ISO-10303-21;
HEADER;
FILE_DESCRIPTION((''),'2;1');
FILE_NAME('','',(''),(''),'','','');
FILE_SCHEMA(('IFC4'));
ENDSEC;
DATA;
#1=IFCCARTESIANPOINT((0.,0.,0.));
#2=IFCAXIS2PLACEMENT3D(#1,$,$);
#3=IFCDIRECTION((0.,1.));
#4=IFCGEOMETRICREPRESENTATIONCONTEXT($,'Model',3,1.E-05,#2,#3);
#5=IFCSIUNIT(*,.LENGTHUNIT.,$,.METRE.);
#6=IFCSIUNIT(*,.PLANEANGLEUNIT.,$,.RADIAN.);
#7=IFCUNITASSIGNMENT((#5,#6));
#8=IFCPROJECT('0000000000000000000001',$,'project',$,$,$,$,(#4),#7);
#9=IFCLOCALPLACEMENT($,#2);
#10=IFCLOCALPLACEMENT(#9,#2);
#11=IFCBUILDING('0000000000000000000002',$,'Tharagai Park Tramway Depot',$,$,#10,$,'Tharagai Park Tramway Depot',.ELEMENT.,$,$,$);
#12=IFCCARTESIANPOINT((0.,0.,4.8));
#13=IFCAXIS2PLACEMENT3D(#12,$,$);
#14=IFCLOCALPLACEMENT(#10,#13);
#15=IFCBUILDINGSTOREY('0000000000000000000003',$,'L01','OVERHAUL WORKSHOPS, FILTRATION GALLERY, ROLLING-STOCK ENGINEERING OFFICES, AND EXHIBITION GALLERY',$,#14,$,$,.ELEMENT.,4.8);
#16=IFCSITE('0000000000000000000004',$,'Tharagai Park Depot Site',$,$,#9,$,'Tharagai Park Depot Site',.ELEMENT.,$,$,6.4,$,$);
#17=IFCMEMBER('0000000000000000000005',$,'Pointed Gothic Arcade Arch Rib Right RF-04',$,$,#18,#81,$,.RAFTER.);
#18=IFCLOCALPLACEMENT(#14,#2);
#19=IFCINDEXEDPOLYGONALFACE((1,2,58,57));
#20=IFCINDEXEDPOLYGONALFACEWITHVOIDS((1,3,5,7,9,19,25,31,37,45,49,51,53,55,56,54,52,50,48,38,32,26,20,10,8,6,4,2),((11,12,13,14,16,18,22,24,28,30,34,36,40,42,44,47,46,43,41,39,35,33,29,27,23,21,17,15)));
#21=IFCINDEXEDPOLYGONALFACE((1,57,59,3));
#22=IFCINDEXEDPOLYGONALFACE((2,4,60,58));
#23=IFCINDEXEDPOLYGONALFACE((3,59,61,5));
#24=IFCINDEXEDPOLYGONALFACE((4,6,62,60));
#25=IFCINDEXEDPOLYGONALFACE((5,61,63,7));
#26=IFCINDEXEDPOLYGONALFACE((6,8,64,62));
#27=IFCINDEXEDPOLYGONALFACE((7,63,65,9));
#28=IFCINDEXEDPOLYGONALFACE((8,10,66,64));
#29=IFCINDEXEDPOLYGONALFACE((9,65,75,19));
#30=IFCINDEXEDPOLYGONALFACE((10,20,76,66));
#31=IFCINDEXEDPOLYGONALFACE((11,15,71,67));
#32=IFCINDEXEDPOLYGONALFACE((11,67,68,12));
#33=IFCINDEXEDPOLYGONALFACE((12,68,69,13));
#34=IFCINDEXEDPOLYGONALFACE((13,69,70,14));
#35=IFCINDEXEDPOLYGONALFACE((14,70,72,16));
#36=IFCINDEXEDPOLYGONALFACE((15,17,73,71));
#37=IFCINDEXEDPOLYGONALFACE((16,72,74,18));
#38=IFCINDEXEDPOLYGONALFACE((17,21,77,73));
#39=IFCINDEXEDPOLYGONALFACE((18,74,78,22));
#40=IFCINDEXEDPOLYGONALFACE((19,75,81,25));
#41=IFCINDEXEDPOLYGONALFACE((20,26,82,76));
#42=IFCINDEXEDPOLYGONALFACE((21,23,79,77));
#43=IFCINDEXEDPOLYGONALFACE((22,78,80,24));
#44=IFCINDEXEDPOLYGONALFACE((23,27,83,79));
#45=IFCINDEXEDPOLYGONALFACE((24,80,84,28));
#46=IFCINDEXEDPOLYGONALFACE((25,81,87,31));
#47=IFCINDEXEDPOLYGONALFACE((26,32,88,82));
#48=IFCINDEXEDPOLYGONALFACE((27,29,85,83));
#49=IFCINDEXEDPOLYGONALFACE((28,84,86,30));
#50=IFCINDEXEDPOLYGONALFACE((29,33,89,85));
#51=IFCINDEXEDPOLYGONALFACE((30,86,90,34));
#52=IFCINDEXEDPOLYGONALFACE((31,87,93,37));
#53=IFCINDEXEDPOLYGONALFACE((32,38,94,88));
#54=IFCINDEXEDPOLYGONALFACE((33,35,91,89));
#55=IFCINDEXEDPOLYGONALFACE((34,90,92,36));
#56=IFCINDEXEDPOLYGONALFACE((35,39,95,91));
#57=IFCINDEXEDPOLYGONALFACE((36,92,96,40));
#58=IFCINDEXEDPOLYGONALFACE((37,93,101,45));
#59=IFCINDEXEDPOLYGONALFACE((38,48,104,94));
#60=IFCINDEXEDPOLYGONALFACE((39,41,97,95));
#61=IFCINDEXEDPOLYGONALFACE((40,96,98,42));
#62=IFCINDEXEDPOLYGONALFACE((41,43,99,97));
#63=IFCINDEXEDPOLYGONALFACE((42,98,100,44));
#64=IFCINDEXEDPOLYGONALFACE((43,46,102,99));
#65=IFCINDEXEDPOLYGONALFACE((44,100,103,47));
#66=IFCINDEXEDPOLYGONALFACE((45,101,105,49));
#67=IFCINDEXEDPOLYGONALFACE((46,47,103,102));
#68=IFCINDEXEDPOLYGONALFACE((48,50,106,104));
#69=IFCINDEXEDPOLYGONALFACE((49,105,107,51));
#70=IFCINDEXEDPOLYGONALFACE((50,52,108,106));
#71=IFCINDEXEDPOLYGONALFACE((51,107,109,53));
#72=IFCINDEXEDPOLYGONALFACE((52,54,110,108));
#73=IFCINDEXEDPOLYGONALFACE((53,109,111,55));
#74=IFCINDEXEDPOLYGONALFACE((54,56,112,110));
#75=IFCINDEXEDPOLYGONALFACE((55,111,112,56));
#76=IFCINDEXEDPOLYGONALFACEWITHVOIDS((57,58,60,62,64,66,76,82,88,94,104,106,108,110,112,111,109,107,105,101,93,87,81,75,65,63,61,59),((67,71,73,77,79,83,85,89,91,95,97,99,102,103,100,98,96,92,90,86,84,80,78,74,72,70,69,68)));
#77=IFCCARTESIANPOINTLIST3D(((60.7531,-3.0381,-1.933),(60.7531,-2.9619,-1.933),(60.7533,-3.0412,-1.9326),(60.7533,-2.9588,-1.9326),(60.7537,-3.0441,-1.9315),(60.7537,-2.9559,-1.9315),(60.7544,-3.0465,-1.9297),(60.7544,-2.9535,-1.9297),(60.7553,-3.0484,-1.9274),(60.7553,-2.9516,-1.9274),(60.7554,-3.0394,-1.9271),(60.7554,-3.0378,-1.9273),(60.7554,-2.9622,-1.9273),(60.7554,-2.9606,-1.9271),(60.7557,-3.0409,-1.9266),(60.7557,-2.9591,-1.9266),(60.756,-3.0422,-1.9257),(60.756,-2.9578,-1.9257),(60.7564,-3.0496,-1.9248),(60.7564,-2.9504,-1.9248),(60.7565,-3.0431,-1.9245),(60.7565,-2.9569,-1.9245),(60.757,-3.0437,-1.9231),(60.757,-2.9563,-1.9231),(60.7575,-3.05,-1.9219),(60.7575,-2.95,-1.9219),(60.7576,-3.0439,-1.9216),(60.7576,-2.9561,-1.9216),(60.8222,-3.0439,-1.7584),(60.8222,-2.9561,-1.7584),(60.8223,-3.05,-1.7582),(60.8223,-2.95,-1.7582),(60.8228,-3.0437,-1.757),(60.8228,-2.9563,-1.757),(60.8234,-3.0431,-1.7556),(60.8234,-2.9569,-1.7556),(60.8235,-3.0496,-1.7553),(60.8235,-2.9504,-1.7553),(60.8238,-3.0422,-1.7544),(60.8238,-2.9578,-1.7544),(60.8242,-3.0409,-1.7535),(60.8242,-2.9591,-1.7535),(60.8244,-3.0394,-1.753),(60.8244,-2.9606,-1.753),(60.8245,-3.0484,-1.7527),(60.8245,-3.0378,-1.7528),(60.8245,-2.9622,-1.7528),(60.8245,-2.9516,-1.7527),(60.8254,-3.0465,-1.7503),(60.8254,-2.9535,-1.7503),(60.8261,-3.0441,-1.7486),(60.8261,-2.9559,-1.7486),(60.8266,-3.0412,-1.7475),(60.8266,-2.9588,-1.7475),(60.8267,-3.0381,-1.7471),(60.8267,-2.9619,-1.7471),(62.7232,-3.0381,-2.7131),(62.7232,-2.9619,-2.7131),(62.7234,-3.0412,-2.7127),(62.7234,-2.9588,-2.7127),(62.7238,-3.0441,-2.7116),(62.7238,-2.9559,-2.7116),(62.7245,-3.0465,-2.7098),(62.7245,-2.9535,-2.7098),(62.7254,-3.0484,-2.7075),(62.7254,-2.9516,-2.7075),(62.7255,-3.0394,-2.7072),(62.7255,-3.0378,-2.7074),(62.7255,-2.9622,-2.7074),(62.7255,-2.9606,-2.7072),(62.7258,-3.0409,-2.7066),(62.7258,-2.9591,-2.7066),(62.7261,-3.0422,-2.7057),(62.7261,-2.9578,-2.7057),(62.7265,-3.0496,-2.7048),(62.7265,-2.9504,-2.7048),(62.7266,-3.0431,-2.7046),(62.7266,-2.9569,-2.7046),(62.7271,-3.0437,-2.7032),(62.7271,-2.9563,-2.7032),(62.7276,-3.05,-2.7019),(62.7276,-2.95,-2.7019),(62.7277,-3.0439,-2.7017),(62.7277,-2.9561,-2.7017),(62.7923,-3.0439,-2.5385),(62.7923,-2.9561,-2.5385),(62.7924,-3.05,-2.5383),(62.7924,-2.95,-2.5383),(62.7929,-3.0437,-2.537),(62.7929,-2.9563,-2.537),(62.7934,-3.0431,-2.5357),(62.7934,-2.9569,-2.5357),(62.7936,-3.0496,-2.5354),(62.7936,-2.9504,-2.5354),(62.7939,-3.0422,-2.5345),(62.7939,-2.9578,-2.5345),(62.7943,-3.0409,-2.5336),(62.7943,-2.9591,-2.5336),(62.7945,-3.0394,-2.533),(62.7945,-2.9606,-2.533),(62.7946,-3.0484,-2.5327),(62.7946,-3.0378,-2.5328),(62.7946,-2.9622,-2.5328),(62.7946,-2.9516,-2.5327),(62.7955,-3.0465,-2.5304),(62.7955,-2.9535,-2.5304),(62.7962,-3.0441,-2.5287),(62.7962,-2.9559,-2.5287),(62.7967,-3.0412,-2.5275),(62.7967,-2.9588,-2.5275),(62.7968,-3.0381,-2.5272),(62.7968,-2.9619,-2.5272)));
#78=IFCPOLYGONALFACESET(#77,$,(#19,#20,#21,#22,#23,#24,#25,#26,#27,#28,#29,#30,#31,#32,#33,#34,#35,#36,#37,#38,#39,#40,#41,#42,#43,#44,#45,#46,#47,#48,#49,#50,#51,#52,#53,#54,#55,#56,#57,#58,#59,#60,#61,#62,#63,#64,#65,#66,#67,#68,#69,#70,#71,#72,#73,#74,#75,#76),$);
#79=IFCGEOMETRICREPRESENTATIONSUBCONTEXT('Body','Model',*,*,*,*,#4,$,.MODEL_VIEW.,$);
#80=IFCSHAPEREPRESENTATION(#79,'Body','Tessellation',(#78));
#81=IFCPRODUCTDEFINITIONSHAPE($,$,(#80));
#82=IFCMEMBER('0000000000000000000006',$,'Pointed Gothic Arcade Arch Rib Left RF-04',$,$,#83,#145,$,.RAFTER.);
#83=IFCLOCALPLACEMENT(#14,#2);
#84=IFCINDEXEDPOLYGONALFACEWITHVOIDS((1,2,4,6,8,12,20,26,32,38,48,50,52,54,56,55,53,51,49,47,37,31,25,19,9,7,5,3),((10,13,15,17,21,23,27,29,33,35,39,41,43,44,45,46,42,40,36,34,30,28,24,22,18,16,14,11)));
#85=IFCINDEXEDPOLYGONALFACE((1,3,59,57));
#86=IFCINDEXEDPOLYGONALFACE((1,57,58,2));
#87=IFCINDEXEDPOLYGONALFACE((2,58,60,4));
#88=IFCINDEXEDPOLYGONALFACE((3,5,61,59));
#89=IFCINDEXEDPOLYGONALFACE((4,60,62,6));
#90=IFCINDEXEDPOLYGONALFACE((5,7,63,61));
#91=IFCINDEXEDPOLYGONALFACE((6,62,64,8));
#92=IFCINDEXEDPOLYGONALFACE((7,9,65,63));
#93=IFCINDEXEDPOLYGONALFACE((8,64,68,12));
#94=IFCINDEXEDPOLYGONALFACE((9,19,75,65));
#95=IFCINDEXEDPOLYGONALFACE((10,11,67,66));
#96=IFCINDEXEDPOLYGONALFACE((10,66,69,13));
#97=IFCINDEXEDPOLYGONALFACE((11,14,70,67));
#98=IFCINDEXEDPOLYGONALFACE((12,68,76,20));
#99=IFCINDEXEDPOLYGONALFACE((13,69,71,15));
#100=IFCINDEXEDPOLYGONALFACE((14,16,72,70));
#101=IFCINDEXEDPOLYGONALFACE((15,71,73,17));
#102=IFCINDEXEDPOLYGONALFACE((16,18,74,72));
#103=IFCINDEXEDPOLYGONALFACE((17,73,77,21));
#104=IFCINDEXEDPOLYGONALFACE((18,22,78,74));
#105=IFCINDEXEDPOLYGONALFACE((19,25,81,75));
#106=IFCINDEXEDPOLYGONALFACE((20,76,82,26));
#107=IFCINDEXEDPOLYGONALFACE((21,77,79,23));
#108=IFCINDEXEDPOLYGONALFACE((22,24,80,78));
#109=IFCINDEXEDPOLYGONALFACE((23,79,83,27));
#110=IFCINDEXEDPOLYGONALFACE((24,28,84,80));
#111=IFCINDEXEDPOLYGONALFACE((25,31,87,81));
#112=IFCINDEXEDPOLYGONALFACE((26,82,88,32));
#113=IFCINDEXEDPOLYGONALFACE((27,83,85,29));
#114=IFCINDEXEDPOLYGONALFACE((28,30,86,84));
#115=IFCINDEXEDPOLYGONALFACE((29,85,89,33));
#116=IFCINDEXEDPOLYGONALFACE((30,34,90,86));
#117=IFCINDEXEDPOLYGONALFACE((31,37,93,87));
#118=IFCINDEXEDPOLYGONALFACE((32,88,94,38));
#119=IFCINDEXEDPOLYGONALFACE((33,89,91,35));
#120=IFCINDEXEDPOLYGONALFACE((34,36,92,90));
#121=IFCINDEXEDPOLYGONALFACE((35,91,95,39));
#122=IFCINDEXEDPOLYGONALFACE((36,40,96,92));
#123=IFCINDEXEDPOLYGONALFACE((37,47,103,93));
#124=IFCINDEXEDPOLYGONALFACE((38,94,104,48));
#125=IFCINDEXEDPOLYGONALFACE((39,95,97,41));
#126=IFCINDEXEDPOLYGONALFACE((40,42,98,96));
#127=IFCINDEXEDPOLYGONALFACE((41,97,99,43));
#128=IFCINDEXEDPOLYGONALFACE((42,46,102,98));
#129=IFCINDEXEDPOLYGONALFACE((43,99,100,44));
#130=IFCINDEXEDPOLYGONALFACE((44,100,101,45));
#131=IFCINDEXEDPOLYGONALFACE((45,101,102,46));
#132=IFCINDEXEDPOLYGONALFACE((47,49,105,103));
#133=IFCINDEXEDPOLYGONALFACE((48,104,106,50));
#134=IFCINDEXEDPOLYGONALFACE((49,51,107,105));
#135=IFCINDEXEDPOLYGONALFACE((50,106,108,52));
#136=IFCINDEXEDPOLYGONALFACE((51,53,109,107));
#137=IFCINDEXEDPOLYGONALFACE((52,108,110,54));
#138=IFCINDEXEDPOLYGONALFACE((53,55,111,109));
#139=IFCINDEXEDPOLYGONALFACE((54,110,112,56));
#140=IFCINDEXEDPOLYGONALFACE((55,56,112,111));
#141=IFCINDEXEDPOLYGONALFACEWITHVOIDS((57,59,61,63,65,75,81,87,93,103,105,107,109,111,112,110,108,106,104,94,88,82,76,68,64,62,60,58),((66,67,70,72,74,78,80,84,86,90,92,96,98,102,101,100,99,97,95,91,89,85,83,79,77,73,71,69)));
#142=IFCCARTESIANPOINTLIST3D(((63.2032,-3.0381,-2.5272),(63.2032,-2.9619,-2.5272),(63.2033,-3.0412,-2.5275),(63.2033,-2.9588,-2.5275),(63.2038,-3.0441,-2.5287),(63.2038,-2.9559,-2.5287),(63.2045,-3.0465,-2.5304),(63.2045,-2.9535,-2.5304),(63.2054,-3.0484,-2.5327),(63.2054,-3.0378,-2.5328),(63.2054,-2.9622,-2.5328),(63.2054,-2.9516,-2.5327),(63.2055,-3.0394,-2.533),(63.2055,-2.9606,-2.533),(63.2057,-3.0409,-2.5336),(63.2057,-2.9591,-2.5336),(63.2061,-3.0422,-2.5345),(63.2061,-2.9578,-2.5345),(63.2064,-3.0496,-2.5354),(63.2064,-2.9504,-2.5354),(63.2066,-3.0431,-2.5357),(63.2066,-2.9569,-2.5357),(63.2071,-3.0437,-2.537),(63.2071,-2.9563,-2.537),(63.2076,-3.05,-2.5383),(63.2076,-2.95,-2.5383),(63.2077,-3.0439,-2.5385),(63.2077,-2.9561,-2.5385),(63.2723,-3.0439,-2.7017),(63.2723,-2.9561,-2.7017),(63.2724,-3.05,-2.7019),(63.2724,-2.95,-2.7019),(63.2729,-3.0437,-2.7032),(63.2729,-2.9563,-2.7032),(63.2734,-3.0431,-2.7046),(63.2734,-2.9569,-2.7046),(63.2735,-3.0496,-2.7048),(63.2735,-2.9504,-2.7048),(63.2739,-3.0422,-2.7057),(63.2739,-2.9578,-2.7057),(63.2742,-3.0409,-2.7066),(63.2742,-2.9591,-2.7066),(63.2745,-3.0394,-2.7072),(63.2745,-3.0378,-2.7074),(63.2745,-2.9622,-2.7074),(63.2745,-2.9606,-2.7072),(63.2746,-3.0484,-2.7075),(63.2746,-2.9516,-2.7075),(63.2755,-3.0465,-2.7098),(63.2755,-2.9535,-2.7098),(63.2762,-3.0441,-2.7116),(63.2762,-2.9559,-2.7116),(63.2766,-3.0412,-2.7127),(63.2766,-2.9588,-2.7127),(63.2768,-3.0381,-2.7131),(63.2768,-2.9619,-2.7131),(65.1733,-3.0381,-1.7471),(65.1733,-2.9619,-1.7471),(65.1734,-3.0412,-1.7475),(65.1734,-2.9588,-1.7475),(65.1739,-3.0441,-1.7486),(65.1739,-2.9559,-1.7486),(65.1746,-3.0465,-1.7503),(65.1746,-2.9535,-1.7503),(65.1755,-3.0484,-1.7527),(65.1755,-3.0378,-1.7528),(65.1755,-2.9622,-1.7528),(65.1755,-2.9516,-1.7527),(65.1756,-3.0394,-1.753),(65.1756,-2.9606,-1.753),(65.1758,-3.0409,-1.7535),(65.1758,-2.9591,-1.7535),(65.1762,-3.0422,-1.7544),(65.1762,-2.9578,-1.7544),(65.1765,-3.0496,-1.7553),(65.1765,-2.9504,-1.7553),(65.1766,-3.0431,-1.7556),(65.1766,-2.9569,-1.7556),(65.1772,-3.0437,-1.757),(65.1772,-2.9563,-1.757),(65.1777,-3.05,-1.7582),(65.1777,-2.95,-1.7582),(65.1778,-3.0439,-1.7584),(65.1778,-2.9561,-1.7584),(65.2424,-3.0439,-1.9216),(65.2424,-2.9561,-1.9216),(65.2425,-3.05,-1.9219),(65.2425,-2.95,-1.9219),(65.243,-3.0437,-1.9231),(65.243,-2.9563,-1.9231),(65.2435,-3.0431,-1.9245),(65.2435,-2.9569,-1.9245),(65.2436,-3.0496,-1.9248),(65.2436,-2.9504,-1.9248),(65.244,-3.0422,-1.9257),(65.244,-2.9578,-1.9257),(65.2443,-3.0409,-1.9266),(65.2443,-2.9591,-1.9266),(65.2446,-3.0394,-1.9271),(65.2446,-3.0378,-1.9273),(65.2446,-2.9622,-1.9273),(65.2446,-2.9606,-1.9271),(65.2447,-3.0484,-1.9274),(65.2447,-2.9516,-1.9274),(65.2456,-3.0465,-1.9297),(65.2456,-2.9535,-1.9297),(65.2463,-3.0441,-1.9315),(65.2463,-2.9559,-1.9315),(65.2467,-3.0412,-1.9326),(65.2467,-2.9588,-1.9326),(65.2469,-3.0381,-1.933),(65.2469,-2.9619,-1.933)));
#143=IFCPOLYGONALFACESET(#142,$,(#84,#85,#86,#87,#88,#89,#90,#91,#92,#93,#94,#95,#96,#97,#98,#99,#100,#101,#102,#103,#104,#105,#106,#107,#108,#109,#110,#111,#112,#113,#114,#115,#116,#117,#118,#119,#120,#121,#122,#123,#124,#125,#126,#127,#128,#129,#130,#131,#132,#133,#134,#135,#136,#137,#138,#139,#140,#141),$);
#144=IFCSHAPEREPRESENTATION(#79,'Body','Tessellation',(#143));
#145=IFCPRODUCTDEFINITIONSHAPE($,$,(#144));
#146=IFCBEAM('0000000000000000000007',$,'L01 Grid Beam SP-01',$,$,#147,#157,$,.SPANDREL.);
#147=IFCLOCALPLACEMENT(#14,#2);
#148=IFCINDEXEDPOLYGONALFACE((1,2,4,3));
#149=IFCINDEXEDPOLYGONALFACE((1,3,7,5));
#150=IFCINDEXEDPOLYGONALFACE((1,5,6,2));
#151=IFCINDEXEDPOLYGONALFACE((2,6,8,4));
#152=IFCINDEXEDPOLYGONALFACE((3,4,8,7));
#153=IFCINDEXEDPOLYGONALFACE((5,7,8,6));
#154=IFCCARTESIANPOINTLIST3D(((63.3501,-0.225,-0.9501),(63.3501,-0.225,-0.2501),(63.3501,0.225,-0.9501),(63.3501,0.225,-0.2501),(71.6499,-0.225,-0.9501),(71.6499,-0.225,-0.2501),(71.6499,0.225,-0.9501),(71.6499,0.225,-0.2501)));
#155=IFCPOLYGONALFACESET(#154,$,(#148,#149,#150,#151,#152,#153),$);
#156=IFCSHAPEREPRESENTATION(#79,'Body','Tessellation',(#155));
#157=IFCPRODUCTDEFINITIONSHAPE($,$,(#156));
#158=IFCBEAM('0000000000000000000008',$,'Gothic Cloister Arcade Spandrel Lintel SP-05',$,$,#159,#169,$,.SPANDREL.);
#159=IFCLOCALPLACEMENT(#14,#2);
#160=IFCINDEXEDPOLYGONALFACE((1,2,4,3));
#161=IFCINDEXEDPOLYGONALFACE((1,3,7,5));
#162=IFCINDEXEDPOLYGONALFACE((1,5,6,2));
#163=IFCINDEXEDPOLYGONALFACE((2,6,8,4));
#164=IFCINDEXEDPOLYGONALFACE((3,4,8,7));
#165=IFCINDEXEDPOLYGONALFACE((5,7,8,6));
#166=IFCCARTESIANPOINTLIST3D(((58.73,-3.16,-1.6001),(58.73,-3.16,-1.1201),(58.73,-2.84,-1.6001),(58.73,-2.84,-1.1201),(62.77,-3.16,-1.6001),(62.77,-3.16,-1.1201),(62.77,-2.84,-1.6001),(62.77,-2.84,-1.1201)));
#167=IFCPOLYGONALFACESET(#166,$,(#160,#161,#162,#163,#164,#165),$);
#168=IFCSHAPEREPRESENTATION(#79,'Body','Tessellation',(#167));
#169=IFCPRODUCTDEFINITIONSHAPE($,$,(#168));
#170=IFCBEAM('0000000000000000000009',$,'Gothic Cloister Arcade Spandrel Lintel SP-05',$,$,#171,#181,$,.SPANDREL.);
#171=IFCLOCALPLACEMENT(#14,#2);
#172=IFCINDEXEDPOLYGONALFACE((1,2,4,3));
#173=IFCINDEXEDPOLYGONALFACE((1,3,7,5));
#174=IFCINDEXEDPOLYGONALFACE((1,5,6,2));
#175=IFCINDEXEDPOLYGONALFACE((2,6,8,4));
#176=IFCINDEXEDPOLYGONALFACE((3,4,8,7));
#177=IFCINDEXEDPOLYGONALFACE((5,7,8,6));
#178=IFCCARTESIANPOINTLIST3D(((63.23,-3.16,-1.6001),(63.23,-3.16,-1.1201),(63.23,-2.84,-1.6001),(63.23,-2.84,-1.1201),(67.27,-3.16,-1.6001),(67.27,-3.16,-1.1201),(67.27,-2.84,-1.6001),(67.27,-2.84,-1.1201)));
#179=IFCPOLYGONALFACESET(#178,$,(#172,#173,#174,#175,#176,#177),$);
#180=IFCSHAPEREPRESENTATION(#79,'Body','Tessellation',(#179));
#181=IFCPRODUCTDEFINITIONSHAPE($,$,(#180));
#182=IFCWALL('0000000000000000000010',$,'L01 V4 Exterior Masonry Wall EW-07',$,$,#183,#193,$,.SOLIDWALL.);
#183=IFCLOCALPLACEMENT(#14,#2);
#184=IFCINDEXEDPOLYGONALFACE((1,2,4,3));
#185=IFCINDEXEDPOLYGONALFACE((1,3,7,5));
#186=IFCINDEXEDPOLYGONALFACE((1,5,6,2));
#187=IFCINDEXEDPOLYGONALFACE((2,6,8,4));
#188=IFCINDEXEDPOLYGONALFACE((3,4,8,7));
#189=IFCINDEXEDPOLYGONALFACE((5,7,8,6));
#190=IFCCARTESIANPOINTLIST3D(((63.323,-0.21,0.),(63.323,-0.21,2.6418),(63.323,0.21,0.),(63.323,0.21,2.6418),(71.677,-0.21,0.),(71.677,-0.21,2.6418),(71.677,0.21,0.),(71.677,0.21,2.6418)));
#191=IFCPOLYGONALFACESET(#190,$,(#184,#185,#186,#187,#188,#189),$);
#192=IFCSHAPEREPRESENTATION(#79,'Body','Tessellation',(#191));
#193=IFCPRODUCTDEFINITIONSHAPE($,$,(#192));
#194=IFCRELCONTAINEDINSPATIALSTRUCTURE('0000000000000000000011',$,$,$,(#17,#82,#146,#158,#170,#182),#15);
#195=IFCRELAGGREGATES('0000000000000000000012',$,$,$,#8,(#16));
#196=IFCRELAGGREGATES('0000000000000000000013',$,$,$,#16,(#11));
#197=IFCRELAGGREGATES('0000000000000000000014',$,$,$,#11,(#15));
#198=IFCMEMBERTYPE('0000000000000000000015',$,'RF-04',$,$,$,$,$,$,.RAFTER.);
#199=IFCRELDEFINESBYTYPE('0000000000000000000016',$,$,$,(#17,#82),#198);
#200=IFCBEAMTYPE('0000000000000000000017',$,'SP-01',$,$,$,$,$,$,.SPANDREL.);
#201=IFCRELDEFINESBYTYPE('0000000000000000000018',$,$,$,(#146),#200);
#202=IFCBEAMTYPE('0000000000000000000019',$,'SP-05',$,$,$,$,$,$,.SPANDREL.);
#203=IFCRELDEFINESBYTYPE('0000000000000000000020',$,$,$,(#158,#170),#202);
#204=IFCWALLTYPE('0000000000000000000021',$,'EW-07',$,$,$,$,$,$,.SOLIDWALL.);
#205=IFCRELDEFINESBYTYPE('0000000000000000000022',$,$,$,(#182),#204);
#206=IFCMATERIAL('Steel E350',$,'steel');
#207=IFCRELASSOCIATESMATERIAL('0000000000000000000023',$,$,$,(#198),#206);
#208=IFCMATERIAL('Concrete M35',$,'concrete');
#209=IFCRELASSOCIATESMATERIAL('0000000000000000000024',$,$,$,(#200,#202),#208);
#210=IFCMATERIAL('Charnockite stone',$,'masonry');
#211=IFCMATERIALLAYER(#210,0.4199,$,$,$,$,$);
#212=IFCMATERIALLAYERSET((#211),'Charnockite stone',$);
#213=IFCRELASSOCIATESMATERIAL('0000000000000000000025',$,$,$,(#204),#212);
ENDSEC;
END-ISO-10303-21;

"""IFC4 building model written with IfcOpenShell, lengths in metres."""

from ifc_helpers import new_model, si_unit, direction, frame, frame_2d, origin, origin_2d, place, context, subcontext, project, spatial, rectangle, hollow_rectangle, extrude, material, layer, layer_set, material_profile, profile_set, type_object, element, save


model = new_model("IFC4")

# Units and contexts
model_context = context("Model", 3, precision=1e-05, world=origin(), true_north=direction((0.0, 1.0)))
body_context = subcontext(model_context, "Body", "Model", "MODEL_VIEW")
ifc_project = project(units=[si_unit("LENGTHUNIT", "METRE"), si_unit("PLANEANGLEUNIT", "RADIAN")], contexts=[model_context])

# Site, building, storey
site_placement = place(None, origin())
site = spatial("IfcSite", under=ifc_project, at=site_placement, Name="Tharagai Park Depot Site", LongName="Tharagai Park Depot Site", CompositionType="ELEMENT", RefElevation=6.4)
building_placement = place(site_placement, origin())
building = spatial("IfcBuilding", under=site, at=building_placement, Name="Tharagai Park Tramway Depot", LongName="Tharagai Park Tramway Depot", CompositionType="ELEMENT")
storey_placement = place(building_placement, frame((0.0, 0.0, 4.8)))
storey = spatial("IfcBuildingStorey", under=building, at=storey_placement, Name="L01", Description="OVERHAUL WORKSHOPS, FILTRATION GALLERY, ROLLING-STOCK ENGINEERING OFFICES, AND EXHIBITION GALLERY", CompositionType="ELEMENT", Elevation=4.8)

# Shared definitions
ifc_material_1 = material(Name="Concrete M35", Category="concrete")

# Members
ifc_material_2 = material(Name="Steel E350", Category="steel")
ifc_material_profile_1 = material_profile(ifc_material_2, hollow_rectangle(XDim=0.1001, YDim=0.2, WallThickness=0.0061, InnerFilletRadius=0.0061, OuterFilletRadius=0.012, at=origin_2d()), Name="RHS 200x100x6")
ifc_profile_set_1 = profile_set([ifc_material_profile_1], Name="Steel E350")
member_type_1 = type_object("IfcMemberType", Name="RF-04", PredefinedType="RAFTER", material=ifc_profile_set_1)
for number, where, z_axis, x_axis, name in (
    (1, (62.76, -3.0, -2.6201), (-0.929766, 0.0, 0.36815), (0.0, -1.0, 0.0), "Pointed Gothic Arcade Arch Rib Right RF-04"),
    (2, (63.24, -3.0, -2.6201), (0.929766, 0.0, 0.36815), (0.0, 1.0, 0.0), "Pointed Gothic Arcade Arch Rib Left RF-04"),
):
    element("IfcMember", number, at=place(storey_placement, frame(where, z_axis=z_axis, x_axis=x_axis)), inside=storey, type_object=member_type_1, Name=name, PredefinedType="RAFTER", context=body_context, shape_type="SweptSolid", body=[
        extrude(hollow_rectangle(XDim=0.1001, YDim=0.2, WallThickness=0.0061, InnerFilletRadius=0.0061, OuterFilletRadius=0.012, at=origin_2d()), origin(), (0.0, 0.0, 1.0), 2.1189),
    ])

# Beams
ifc_material_profile_2 = material_profile(ifc_material_1, rectangle(XDim=0.45, YDim=0.7, at=origin_2d()), Name="RC 450x700")
ifc_profile_set_2 = profile_set([ifc_material_profile_2], Name="Concrete M35")
beam_type_1 = type_object("IfcBeamType", Name="SP-01", PredefinedType="SPANDREL", material=ifc_profile_set_2)
beam_1_placement = place(storey_placement, frame((63.3501, 0.0, -0.6001), z_axis=(1.0, 0.0, 0.0), x_axis=(0.0, 1.0, 0.0)))
element("IfcBeam", 3, at=beam_1_placement, inside=storey, type_object=beam_type_1, Name="L01 Grid Beam SP-01", PredefinedType="SPANDREL", context=body_context, shape_type="SweptSolid", body=[
    extrude(rectangle(XDim=0.45, YDim=0.7, at=origin_2d()), origin(), (0.0, 0.0, 1.0), 8.2998),
])
ifc_material_profile_3 = material_profile(ifc_material_1, rectangle(XDim=0.3201, YDim=0.48, at=origin_2d()), Name="RC 320x480")
ifc_profile_set_3 = profile_set([ifc_material_profile_3], Name="Concrete M35")
beam_type_2 = type_object("IfcBeamType", Name="SP-05", PredefinedType="SPANDREL", material=ifc_profile_set_3)
for number, where, z_axis, x_axis, name in (
    (4, (58.73, -3.0, -1.3601), (1.0, 0.0, 0.0), (0.0, 1.0, 0.0), "Gothic Cloister Arcade Spandrel Lintel SP-05"),
    (5, (63.23, -3.0, -1.3601), (1.0, 0.0, 0.0), (0.0, 1.0, 0.0), "Gothic Cloister Arcade Spandrel Lintel SP-05"),
):
    element("IfcBeam", number, at=place(storey_placement, frame(where, z_axis=z_axis, x_axis=x_axis)), inside=storey, type_object=beam_type_2, Name=name, PredefinedType="SPANDREL", context=body_context, shape_type="SweptSolid", body=[
        extrude(rectangle(XDim=0.3201, YDim=0.48, at=origin_2d()), origin(), (0.0, 0.0, 1.0), 4.04),
    ])

# Wall
ifc_material_3 = material(Name="Charnockite stone", Category="masonry")
ifc_layer_1 = layer(ifc_material_3, 0.4199)
ifc_layer_set_1 = layer_set([ifc_layer_1], Name="Charnockite stone")
wall_type_1 = type_object("IfcWallType", Name="EW-07", PredefinedType="SOLIDWALL", material=ifc_layer_set_1)
wall_1_placement = place(storey_placement, frame((63.323, 0.0, 0.0), z_axis=(0.0, 0.0, 1.0), x_axis=(1.0, 0.0, 0.0)))
element("IfcWall", 6, at=wall_1_placement, inside=storey, type_object=wall_type_1, Name="L01 V4 Exterior Masonry Wall EW-07", PredefinedType="SOLIDWALL", context=body_context, shape_type="SweptSolid", body=[
    extrude(rectangle(XDim=8.354, YDim=0.4199, at=frame_2d((4.177, 0.0))), origin(), (0.0, 0.0, 1.0), 2.6418),
])

save(model, "model.ifc")
